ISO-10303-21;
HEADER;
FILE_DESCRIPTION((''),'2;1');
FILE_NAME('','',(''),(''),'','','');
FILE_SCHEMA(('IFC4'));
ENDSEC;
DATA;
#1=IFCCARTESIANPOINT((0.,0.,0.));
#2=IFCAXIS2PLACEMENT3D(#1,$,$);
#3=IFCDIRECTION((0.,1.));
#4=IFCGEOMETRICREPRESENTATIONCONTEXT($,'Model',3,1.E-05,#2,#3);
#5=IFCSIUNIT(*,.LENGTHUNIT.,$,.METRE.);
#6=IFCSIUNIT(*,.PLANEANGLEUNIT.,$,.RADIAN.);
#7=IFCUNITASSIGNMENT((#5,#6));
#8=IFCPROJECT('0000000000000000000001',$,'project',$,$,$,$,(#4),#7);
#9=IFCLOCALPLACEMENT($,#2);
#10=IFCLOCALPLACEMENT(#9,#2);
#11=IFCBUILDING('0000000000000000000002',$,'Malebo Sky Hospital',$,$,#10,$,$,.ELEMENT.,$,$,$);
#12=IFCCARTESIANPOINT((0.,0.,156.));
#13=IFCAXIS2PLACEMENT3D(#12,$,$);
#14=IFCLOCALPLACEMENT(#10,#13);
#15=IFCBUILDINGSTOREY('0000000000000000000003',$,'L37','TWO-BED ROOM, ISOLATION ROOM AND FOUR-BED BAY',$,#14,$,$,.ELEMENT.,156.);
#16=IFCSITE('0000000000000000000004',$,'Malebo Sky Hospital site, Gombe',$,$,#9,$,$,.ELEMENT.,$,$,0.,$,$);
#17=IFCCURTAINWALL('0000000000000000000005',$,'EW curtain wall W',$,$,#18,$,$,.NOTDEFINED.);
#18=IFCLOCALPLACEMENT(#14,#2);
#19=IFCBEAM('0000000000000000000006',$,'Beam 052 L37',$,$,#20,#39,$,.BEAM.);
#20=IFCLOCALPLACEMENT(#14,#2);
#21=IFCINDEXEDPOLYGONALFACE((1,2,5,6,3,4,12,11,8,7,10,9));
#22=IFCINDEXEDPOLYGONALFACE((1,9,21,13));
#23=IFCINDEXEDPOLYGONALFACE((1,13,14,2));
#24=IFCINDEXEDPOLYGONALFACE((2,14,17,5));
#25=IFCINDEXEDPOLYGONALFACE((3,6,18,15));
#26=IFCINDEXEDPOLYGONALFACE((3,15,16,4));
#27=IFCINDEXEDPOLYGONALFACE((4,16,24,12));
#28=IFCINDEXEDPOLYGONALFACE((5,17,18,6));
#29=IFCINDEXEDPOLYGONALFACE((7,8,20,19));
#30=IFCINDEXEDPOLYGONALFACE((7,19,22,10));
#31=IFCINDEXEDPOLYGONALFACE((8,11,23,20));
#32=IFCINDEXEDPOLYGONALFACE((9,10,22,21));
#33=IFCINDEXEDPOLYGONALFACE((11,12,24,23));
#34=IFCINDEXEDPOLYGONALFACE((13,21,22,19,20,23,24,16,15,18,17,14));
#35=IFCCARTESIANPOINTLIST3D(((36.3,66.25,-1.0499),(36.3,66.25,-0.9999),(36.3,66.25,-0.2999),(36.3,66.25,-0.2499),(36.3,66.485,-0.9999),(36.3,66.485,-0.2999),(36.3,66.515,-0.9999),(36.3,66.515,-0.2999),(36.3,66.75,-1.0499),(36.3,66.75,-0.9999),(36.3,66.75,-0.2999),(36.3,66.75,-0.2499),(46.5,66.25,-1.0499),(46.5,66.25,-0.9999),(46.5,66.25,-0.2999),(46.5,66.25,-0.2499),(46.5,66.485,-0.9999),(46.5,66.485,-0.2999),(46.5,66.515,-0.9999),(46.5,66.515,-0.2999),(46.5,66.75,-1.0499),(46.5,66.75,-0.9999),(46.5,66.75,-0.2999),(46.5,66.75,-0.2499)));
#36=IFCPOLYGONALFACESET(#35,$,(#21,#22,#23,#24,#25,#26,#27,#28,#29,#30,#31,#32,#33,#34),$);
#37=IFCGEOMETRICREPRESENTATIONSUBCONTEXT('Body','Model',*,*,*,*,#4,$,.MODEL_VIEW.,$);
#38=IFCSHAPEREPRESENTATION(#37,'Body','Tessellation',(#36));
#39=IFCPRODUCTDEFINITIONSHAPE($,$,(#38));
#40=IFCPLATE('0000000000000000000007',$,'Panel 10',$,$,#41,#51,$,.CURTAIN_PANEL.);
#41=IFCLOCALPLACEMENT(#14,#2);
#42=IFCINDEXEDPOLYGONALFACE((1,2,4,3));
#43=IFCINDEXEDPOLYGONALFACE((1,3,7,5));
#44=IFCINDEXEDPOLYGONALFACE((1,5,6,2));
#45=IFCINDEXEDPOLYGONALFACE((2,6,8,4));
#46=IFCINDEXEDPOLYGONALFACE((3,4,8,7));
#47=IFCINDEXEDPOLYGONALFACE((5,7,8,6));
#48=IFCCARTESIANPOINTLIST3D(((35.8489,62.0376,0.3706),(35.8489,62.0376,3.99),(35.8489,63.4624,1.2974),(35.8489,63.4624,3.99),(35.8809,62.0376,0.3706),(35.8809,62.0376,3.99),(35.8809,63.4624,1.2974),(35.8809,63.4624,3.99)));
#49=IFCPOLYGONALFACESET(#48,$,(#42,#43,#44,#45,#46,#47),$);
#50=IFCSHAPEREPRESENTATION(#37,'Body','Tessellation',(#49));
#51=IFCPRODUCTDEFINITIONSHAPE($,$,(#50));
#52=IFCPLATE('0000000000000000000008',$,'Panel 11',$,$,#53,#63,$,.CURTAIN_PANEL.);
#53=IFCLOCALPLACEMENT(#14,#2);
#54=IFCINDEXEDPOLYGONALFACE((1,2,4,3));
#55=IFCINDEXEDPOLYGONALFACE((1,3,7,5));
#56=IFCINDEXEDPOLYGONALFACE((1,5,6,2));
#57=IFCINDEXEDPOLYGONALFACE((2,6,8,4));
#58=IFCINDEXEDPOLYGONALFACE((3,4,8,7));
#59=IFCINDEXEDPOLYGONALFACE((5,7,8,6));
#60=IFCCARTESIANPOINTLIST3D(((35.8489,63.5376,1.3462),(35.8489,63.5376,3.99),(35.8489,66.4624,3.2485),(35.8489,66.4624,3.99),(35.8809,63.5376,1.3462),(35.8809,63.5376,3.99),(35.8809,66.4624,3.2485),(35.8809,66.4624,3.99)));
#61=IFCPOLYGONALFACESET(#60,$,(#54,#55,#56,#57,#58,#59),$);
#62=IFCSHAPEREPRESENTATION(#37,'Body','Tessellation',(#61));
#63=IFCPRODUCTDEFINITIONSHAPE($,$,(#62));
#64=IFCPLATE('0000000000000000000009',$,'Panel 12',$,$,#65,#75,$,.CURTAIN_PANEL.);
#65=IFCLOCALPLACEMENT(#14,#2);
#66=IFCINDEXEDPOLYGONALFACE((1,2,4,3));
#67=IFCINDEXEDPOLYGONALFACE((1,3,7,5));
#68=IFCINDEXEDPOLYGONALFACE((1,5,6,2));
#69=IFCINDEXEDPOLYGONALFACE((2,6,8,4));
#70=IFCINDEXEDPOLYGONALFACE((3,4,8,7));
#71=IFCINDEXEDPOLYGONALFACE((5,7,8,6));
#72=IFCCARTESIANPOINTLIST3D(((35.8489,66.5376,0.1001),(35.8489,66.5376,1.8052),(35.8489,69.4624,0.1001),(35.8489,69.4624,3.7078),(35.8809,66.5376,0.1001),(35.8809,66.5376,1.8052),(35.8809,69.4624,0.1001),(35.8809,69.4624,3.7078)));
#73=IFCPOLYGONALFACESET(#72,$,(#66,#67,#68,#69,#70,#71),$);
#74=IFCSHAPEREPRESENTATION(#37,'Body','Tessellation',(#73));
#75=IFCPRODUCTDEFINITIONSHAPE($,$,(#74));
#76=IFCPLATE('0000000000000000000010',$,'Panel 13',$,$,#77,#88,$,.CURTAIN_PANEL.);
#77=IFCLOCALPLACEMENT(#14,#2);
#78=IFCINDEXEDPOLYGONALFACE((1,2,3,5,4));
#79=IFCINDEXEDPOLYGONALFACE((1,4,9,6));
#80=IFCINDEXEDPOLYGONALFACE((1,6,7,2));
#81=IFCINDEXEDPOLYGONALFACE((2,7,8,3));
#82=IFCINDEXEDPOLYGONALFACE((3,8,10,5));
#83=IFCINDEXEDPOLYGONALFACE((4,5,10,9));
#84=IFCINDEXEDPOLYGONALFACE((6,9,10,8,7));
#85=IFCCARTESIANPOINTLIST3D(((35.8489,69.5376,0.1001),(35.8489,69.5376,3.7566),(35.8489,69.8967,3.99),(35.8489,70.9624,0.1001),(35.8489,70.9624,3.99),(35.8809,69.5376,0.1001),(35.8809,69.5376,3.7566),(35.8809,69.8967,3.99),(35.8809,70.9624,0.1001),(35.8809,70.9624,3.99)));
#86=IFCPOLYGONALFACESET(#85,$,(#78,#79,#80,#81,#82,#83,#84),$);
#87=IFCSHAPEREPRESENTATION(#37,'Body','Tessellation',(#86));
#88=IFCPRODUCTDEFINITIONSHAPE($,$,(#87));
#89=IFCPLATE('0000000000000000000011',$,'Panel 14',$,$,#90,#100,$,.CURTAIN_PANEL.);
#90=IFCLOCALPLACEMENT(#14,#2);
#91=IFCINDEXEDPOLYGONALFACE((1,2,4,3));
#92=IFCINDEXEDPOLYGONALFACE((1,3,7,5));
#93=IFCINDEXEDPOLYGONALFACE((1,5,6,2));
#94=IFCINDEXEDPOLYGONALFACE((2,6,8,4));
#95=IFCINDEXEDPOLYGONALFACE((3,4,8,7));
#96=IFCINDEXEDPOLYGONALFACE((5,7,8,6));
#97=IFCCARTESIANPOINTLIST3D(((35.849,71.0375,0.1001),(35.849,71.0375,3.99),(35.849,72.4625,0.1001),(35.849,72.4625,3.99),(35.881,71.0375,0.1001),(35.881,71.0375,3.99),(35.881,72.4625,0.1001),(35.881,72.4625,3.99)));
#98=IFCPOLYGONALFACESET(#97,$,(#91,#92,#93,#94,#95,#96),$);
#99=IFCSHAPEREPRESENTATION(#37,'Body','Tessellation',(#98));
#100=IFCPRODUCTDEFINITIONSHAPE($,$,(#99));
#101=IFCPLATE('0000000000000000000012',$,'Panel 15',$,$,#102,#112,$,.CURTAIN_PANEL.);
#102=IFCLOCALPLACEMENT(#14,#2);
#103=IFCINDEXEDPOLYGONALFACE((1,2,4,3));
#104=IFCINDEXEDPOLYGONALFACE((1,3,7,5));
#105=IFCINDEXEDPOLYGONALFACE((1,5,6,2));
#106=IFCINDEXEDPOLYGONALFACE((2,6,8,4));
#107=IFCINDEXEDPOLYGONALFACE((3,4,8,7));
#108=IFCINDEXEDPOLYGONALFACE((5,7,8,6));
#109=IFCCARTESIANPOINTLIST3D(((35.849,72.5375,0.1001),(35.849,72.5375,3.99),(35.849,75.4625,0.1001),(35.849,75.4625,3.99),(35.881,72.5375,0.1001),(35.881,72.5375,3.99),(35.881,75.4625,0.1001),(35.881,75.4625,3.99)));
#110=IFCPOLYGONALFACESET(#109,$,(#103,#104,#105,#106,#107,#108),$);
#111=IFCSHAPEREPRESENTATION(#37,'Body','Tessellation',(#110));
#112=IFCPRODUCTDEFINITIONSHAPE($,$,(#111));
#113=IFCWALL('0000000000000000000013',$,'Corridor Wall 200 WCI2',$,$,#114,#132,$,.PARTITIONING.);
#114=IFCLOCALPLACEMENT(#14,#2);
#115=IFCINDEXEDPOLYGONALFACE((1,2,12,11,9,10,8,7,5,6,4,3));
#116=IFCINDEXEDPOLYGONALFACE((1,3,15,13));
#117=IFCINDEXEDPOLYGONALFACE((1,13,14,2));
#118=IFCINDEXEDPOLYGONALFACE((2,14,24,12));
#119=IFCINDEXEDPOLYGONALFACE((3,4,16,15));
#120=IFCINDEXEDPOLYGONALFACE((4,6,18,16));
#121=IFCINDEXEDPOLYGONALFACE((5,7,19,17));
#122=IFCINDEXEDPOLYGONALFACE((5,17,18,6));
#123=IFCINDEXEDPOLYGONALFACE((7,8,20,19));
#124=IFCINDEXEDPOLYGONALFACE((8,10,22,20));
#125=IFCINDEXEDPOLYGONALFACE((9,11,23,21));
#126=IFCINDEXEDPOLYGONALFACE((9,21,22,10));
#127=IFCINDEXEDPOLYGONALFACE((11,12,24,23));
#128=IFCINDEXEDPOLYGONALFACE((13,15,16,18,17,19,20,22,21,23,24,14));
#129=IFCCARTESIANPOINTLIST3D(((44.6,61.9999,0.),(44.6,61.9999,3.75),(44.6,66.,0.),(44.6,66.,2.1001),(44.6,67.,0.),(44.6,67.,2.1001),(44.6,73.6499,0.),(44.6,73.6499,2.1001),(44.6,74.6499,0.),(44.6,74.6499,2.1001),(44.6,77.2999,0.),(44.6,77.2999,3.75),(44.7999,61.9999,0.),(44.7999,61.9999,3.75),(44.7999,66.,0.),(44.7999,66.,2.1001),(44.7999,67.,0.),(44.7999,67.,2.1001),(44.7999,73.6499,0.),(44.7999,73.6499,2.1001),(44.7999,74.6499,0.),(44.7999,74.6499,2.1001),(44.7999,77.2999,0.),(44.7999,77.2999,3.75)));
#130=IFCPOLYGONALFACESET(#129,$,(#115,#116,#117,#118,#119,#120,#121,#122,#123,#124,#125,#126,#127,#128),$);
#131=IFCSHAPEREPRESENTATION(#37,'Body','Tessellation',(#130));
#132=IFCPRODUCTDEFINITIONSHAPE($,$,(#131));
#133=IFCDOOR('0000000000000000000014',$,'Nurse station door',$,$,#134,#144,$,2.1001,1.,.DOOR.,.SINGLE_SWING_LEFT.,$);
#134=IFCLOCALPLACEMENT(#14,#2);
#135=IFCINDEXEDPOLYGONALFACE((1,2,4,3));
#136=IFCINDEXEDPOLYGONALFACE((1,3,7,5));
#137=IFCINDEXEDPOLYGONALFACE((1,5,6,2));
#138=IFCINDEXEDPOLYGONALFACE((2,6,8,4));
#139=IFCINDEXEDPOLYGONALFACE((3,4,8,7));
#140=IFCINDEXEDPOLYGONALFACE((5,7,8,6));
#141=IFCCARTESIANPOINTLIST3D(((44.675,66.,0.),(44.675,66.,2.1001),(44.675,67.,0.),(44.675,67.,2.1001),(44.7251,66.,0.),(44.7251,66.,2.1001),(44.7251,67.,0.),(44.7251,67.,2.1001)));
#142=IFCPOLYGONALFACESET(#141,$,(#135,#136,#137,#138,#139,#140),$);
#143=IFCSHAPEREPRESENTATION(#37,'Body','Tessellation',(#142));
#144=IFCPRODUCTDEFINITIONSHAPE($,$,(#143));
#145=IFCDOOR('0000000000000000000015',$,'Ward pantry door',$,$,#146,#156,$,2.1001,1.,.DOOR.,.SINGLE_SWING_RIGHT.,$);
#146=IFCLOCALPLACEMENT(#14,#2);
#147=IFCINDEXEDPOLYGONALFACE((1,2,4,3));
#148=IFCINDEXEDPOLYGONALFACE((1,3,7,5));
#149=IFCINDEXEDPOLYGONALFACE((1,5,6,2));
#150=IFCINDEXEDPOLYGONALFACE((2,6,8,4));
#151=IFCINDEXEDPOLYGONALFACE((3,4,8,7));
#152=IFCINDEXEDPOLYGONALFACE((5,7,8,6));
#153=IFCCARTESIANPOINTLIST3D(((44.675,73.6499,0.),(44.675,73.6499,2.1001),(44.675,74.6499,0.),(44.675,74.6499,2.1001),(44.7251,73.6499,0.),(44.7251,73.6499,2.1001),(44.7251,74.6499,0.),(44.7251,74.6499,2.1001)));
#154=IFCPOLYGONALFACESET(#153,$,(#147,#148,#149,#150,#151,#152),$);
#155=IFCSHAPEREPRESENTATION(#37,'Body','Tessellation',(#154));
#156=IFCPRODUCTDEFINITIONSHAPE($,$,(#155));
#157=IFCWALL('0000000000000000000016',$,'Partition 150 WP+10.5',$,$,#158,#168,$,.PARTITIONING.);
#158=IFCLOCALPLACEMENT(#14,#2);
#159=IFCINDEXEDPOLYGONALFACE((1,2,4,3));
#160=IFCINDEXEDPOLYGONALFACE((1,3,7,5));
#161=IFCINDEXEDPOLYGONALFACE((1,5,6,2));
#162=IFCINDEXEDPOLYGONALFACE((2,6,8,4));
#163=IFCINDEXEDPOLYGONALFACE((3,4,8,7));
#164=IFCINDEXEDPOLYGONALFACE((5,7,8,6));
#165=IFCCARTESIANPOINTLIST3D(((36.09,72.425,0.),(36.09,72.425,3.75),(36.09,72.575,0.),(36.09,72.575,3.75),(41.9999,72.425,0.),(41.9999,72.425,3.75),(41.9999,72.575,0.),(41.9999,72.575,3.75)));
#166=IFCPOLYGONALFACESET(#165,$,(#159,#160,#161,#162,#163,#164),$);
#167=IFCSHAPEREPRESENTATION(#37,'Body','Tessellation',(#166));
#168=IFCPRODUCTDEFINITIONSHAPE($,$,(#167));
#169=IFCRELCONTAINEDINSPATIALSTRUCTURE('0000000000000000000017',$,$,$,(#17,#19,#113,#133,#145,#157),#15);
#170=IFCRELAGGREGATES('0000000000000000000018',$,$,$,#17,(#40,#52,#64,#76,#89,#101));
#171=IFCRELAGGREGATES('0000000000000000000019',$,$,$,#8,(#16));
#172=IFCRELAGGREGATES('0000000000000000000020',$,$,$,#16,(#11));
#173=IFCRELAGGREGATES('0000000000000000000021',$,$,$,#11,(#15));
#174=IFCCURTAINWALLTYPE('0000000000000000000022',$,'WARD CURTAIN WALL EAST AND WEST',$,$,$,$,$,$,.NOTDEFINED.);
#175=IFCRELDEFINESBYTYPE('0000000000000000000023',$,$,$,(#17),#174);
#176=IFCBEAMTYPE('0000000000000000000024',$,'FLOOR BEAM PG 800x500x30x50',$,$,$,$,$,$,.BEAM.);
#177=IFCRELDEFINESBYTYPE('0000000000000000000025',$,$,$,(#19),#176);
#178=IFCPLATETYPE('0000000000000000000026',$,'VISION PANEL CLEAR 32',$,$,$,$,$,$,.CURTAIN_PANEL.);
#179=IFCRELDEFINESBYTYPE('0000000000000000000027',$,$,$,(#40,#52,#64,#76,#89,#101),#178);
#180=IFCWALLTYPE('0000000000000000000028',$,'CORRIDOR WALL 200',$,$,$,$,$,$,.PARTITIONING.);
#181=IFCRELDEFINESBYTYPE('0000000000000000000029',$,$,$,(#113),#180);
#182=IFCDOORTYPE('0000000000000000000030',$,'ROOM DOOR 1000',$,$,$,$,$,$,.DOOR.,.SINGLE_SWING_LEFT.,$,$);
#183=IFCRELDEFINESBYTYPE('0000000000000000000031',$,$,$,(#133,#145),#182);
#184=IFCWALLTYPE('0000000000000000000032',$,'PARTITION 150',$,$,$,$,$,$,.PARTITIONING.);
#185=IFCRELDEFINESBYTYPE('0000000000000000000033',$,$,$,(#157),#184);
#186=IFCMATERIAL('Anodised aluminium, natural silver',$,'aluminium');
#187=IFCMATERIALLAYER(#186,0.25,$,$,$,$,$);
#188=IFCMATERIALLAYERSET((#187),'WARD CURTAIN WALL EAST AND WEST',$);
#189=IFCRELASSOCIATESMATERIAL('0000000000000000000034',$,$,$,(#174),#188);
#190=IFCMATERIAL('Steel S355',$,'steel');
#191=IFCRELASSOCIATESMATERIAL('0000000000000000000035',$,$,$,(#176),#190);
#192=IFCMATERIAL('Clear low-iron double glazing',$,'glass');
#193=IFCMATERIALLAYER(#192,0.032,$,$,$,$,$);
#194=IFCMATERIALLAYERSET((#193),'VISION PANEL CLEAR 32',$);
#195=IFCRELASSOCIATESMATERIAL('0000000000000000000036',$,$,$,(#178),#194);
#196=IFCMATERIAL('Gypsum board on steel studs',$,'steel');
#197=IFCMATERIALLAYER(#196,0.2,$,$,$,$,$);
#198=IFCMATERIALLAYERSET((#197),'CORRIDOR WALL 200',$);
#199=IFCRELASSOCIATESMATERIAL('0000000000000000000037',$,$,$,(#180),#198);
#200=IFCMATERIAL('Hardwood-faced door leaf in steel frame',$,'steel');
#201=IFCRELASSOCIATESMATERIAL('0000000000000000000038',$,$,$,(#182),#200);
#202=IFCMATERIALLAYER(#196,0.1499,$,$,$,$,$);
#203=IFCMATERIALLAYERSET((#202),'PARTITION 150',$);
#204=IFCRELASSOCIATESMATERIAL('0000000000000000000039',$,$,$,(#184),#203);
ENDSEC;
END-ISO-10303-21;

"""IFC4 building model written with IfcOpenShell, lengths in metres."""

from ifc_helpers import new_model, si_unit, direction, frame, frame_2d, origin, origin_2d, place, context, subcontext, project, spatial, polyline, rectangle, i_section, outline, extrude, material, layer, layer_set, material_profile, profile_set, type_object, element, fill, aggregate, save


model = new_model("IFC4")

# Units and contexts
model_context = context("Model", 3, precision=1e-05, world=origin(), true_north=direction((0.0, 1.0)))
body_context = subcontext(model_context, "Body", "Model", "MODEL_VIEW")
ifc_project = project(units=[si_unit("LENGTHUNIT", "METRE"), si_unit("PLANEANGLEUNIT", "RADIAN")], contexts=[model_context])

# Site, building, storey
site_placement = place(None, origin())
site = spatial("IfcSite", under=ifc_project, at=site_placement, Name="Malebo Sky Hospital site, Gombe", CompositionType="ELEMENT", RefElevation=0.0)
building_placement = place(site_placement, origin())
building = spatial("IfcBuilding", under=site, at=building_placement, Name="Malebo Sky Hospital", CompositionType="ELEMENT")
storey_placement = place(building_placement, frame((0.0, 0.0, 156.0)))
storey = spatial("IfcBuildingStorey", under=building, at=storey_placement, Name="L37", Description="TWO-BED ROOM, ISOLATION ROOM AND FOUR-BED BAY", CompositionType="ELEMENT", Elevation=156.0)

# Curtain wall
ifc_material_1 = material(Name="Anodised aluminium, natural silver", Category="aluminium")
ifc_layer_1 = layer(ifc_material_1, 0.25)
ifc_layer_set_1 = layer_set([ifc_layer_1], Name="WARD CURTAIN WALL EAST AND WEST")
curtain_wall_type = type_object("IfcCurtainWallType", Name="WARD CURTAIN WALL EAST AND WEST", PredefinedType="NOTDEFINED", material=ifc_layer_set_1)
curtain_wall_placement = place(storey_placement, origin())
curtain_wall = element("IfcCurtainWall", 1, at=curtain_wall_placement, inside=storey, type_object=curtain_wall_type, Name="EW curtain wall W", PredefinedType="NOTDEFINED")

# Beam
ifc_material_2 = material(Name="Steel S355", Category="steel")
ifc_material_profile_1 = material_profile(ifc_material_2, i_section(OverallWidth=0.5, OverallDepth=0.8, WebThickness=0.03, FlangeThickness=0.05, at=origin_2d()), Name="PG 800x500x30x50")
ifc_profile_set_1 = profile_set([ifc_material_profile_1], Name="Steel S355")
beam_type_1 = type_object("IfcBeamType", Name="FLOOR BEAM PG 800x500x30x50", PredefinedType="BEAM", material=ifc_profile_set_1)
beam_1_placement = place(storey_placement, frame((36.3, 66.5, -0.6499), z_axis=(1.0, 0.0, 0.0), x_axis=(0.0, 1.0, 0.0)))
element("IfcBeam", 2, at=beam_1_placement, inside=storey, type_object=beam_type_1, Name="Beam 052 L37", PredefinedType="BEAM", context=body_context, shape_type="SweptSolid", body=[
    extrude(i_section(OverallWidth=0.5, OverallDepth=0.8, WebThickness=0.03, FlangeThickness=0.05, at=origin_2d()), origin(), (0.0, 0.0, 1.0), 10.2),
])

# Plates
ifc_material_3 = material(Name="Clear low-iron double glazing", Category="glass")
ifc_layer_2 = layer(ifc_material_3, 0.032)
ifc_layer_set_2 = layer_set([ifc_layer_2], Name="VISION PANEL CLEAR 32")
plate_type = type_object("IfcPlateType", Name="VISION PANEL CLEAR 32", PredefinedType="CURTAIN_PANEL", material=ifc_layer_set_2)
plate_1_placement = place(storey_placement, frame((35.865, 62.75, 0.3706), z_axis=(0.0, 0.0, 1.0), x_axis=(0.0, 1.0, 0.0)))
plate_1 = element("IfcPlate", 3, at=plate_1_placement, type_object=plate_type, Name="Panel 10", PredefinedType="CURTAIN_PANEL", context=body_context, shape_type="SweptSolid", body=[
    extrude(outline(polyline([(-0.7124, 0.0), (0.7124, 0.9268), (0.7124, 3.6194), (-0.7124, 3.6194), (-0.7124, 0.0)])), frame((0.0, 0.0161, 0.0), z_axis=(0.0, -1.0, 0.0), x_axis=(1.0, 0.0, 0.0)), (0.0, 0.0, 1.0), 0.032),
])
plate_2_placement = place(storey_placement, frame((35.865, 65.0, 1.3462), z_axis=(0.0, 0.0, 1.0), x_axis=(0.0, 1.0, 0.0)))
plate_2 = element("IfcPlate", 4, at=plate_2_placement, type_object=plate_type, Name="Panel 11", PredefinedType="CURTAIN_PANEL", context=body_context, shape_type="SweptSolid", body=[
    extrude(outline(polyline([(-1.4624, 0.0), (1.4624, 1.9023), (1.4624, 2.6438), (-1.4624, 2.6438), (-1.4624, 0.0)])), frame((0.0, 0.0161, 0.0), z_axis=(0.0, -1.0, 0.0), x_axis=(1.0, 0.0, 0.0)), (0.0, 0.0, 1.0), 0.032),
])
plate_3_placement = place(storey_placement, frame((35.865, 68.0, 0.1001), z_axis=(0.0, 0.0, 1.0), x_axis=(0.0, 1.0, 0.0)))
plate_3 = element("IfcPlate", 5, at=plate_3_placement, type_object=plate_type, Name="Panel 12", PredefinedType="CURTAIN_PANEL", context=body_context, shape_type="SweptSolid", body=[
    extrude(outline(polyline([(-1.4624, 0.0), (1.4624, 0.0), (1.4624, 3.6077), (-1.4624, 1.7051), (-1.4624, 0.0)])), frame((0.0, 0.0161, 0.0), z_axis=(0.0, -1.0, 0.0), x_axis=(1.0, 0.0, 0.0)), (0.0, 0.0, 1.0), 0.032),
])
plate_4_placement = place(storey_placement, frame((35.865, 70.25, 0.1001), z_axis=(0.0, 0.0, 1.0), x_axis=(0.0, 1.0, 0.0)))
plate_4 = element("IfcPlate", 6, at=plate_4_placement, type_object=plate_type, Name="Panel 13", PredefinedType="CURTAIN_PANEL", context=body_context, shape_type="SweptSolid", body=[
    extrude(outline(polyline([(-0.7124, 0.0), (0.7124, 0.0), (0.7124, 3.8899), (-0.3533, 3.8899), (-0.7124, 3.6565), (-0.7124, 0.0)])), frame((0.0, 0.0161, 0.0), z_axis=(0.0, -1.0, 0.0), x_axis=(1.0, 0.0, 0.0)), (0.0, 0.0, 1.0), 0.032),
])
plate_5_placement = place(storey_placement, frame((35.865, 71.75, 0.1001), z_axis=(0.0, 0.0, 1.0), x_axis=(0.0, 1.0, 0.0)))
plate_5 = element("IfcPlate", 7, at=plate_5_placement, type_object=plate_type, Name="Panel 14", PredefinedType="CURTAIN_PANEL", context=body_context, shape_type="SweptSolid", body=[
    extrude(rectangle(XDim=1.425, YDim=0.032, at=origin_2d()), origin(), (0.0, 0.0, 1.0), 3.8899),
])
plate_6_placement = place(storey_placement, frame((35.865, 74.0, 0.1001), z_axis=(0.0, 0.0, 1.0), x_axis=(0.0, 1.0, 0.0)))
plate_6 = element("IfcPlate", 8, at=plate_6_placement, type_object=plate_type, Name="Panel 15", PredefinedType="CURTAIN_PANEL", context=body_context, shape_type="SweptSolid", body=[
    extrude(rectangle(XDim=2.925, YDim=0.032, at=origin_2d()), origin(), (0.0, 0.0, 1.0), 3.8899),
])
aggregate(curtain_wall, [plate_1, plate_2, plate_3, plate_4, plate_5, plate_6])

# Wall, openings, doors
ifc_material_4 = material(Name="Gypsum board on steel studs", Category="steel")
ifc_layer_3 = layer(ifc_material_4, 0.2)
ifc_layer_set_3 = layer_set([ifc_layer_3], Name="CORRIDOR WALL 200")
wall_type_1 = type_object("IfcWallType", Name="CORRIDOR WALL 200", PredefinedType="PARTITIONING", material=ifc_layer_set_3)
wall_1_placement = place(storey_placement, frame((44.7, 62.0, 0.0), z_axis=(0.0, 0.0, 1.0), x_axis=(0.0, 1.0, 0.0)))
wall_1 = element("IfcWall", 9, at=wall_1_placement, inside=storey, type_object=wall_type_1, Name="Corridor Wall 200 WCI2", PredefinedType="PARTITIONING", context=body_context, shape_type="SweptSolid", body=[
    extrude(rectangle(XDim=15.3, YDim=0.2, at=frame_2d((7.6499, 0.0))), origin(), (0.0, 0.0, 1.0), 3.75),
])
opening_1_placement = place(wall_1_placement, frame((4.0, 0.0, 0.0)))
opening_1 = element("IfcOpeningElement", 10, at=opening_1_placement, cuts=wall_1, PredefinedType="OPENING", context=body_context, shape_type="SweptSolid", body=[
    extrude(rectangle(XDim=1.0, YDim=2.1001, at=frame_2d((0.5, 1.05))), frame((0.0, 0.1099, 0.0), z_axis=(0.0, -1.0, 0.0), x_axis=(1.0, 0.0, 0.0)), (0.0, 0.0, 1.0), 0.22),
])
opening_2_placement = place(wall_1_placement, frame((11.6499, 0.0, 0.0)))
opening_2 = element("IfcOpeningElement", 11, at=opening_2_placement, cuts=wall_1, PredefinedType="OPENING", context=body_context, shape_type="SweptSolid", body=[
    extrude(rectangle(XDim=1.0, YDim=2.1001, at=frame_2d((0.5, 1.05))), frame((0.0, 0.1099, 0.0), z_axis=(0.0, -1.0, 0.0), x_axis=(1.0, 0.0, 0.0)), (0.0, 0.0, 1.0), 0.22),
])
ifc_material_5 = material(Name="Hardwood-faced door leaf in steel frame", Category="steel")
door_type_1 = type_object("IfcDoorType", Name="ROOM DOOR 1000", OperationType="SINGLE_SWING_LEFT", PredefinedType="DOOR", material=ifc_material_5)
door_1_placement = place(opening_1_placement, origin())
door_1 = element("IfcDoor", 12, at=door_1_placement, inside=storey, type_object=door_type_1, Name="Nurse station door", OperationType="SINGLE_SWING_LEFT", OverallHeight=2.1001, OverallWidth=1.0, PredefinedType="DOOR", context=body_context, shape_type="SweptSolid", body=[
    extrude(rectangle(XDim=1.0, YDim=2.1001, at=frame_2d((0.5, 1.05))), frame((0.0, 0.0249, 0.0), z_axis=(0.0, -1.0, 0.0), x_axis=(1.0, 0.0, 0.0)), (0.0, 0.0, 1.0), 0.05),
])
fill(opening_1, door_1)
door_2_placement = place(opening_2_placement, origin())
door_2 = element("IfcDoor", 13, at=door_2_placement, inside=storey, type_object=door_type_1, Name="Ward pantry door", OperationType="SINGLE_SWING_RIGHT", OverallHeight=2.1001, OverallWidth=1.0, PredefinedType="DOOR", context=body_context, shape_type="SweptSolid", body=[
    extrude(rectangle(XDim=1.0, YDim=2.1001, at=frame_2d((0.5, 1.05))), frame((0.0, 0.0249, 0.0), z_axis=(0.0, -1.0, 0.0), x_axis=(1.0, 0.0, 0.0)), (0.0, 0.0, 1.0), 0.05),
])
fill(opening_2, door_2)

# Wall
ifc_layer_4 = layer(ifc_material_4, 0.1499)
ifc_layer_set_4 = layer_set([ifc_layer_4], Name="PARTITION 150")
wall_type_2 = type_object("IfcWallType", Name="PARTITION 150", PredefinedType="PARTITIONING", material=ifc_layer_set_4)
wall_2_placement = place(storey_placement, frame((42.0, 72.5, 0.0), z_axis=(0.0, 0.0, 1.0), x_axis=(-1.0, 0.0, 0.0)))
element("IfcWall", 14, at=wall_2_placement, inside=storey, type_object=wall_type_2, Name="Partition 150 WP+10.5", PredefinedType="PARTITIONING", context=body_context, shape_type="SweptSolid", body=[
    extrude(rectangle(XDim=5.9099, YDim=0.1499, at=frame_2d((2.9551, 0.0))), origin(), (0.0, 0.0, 1.0), 3.75),
])

save(model, "model.ifc")
